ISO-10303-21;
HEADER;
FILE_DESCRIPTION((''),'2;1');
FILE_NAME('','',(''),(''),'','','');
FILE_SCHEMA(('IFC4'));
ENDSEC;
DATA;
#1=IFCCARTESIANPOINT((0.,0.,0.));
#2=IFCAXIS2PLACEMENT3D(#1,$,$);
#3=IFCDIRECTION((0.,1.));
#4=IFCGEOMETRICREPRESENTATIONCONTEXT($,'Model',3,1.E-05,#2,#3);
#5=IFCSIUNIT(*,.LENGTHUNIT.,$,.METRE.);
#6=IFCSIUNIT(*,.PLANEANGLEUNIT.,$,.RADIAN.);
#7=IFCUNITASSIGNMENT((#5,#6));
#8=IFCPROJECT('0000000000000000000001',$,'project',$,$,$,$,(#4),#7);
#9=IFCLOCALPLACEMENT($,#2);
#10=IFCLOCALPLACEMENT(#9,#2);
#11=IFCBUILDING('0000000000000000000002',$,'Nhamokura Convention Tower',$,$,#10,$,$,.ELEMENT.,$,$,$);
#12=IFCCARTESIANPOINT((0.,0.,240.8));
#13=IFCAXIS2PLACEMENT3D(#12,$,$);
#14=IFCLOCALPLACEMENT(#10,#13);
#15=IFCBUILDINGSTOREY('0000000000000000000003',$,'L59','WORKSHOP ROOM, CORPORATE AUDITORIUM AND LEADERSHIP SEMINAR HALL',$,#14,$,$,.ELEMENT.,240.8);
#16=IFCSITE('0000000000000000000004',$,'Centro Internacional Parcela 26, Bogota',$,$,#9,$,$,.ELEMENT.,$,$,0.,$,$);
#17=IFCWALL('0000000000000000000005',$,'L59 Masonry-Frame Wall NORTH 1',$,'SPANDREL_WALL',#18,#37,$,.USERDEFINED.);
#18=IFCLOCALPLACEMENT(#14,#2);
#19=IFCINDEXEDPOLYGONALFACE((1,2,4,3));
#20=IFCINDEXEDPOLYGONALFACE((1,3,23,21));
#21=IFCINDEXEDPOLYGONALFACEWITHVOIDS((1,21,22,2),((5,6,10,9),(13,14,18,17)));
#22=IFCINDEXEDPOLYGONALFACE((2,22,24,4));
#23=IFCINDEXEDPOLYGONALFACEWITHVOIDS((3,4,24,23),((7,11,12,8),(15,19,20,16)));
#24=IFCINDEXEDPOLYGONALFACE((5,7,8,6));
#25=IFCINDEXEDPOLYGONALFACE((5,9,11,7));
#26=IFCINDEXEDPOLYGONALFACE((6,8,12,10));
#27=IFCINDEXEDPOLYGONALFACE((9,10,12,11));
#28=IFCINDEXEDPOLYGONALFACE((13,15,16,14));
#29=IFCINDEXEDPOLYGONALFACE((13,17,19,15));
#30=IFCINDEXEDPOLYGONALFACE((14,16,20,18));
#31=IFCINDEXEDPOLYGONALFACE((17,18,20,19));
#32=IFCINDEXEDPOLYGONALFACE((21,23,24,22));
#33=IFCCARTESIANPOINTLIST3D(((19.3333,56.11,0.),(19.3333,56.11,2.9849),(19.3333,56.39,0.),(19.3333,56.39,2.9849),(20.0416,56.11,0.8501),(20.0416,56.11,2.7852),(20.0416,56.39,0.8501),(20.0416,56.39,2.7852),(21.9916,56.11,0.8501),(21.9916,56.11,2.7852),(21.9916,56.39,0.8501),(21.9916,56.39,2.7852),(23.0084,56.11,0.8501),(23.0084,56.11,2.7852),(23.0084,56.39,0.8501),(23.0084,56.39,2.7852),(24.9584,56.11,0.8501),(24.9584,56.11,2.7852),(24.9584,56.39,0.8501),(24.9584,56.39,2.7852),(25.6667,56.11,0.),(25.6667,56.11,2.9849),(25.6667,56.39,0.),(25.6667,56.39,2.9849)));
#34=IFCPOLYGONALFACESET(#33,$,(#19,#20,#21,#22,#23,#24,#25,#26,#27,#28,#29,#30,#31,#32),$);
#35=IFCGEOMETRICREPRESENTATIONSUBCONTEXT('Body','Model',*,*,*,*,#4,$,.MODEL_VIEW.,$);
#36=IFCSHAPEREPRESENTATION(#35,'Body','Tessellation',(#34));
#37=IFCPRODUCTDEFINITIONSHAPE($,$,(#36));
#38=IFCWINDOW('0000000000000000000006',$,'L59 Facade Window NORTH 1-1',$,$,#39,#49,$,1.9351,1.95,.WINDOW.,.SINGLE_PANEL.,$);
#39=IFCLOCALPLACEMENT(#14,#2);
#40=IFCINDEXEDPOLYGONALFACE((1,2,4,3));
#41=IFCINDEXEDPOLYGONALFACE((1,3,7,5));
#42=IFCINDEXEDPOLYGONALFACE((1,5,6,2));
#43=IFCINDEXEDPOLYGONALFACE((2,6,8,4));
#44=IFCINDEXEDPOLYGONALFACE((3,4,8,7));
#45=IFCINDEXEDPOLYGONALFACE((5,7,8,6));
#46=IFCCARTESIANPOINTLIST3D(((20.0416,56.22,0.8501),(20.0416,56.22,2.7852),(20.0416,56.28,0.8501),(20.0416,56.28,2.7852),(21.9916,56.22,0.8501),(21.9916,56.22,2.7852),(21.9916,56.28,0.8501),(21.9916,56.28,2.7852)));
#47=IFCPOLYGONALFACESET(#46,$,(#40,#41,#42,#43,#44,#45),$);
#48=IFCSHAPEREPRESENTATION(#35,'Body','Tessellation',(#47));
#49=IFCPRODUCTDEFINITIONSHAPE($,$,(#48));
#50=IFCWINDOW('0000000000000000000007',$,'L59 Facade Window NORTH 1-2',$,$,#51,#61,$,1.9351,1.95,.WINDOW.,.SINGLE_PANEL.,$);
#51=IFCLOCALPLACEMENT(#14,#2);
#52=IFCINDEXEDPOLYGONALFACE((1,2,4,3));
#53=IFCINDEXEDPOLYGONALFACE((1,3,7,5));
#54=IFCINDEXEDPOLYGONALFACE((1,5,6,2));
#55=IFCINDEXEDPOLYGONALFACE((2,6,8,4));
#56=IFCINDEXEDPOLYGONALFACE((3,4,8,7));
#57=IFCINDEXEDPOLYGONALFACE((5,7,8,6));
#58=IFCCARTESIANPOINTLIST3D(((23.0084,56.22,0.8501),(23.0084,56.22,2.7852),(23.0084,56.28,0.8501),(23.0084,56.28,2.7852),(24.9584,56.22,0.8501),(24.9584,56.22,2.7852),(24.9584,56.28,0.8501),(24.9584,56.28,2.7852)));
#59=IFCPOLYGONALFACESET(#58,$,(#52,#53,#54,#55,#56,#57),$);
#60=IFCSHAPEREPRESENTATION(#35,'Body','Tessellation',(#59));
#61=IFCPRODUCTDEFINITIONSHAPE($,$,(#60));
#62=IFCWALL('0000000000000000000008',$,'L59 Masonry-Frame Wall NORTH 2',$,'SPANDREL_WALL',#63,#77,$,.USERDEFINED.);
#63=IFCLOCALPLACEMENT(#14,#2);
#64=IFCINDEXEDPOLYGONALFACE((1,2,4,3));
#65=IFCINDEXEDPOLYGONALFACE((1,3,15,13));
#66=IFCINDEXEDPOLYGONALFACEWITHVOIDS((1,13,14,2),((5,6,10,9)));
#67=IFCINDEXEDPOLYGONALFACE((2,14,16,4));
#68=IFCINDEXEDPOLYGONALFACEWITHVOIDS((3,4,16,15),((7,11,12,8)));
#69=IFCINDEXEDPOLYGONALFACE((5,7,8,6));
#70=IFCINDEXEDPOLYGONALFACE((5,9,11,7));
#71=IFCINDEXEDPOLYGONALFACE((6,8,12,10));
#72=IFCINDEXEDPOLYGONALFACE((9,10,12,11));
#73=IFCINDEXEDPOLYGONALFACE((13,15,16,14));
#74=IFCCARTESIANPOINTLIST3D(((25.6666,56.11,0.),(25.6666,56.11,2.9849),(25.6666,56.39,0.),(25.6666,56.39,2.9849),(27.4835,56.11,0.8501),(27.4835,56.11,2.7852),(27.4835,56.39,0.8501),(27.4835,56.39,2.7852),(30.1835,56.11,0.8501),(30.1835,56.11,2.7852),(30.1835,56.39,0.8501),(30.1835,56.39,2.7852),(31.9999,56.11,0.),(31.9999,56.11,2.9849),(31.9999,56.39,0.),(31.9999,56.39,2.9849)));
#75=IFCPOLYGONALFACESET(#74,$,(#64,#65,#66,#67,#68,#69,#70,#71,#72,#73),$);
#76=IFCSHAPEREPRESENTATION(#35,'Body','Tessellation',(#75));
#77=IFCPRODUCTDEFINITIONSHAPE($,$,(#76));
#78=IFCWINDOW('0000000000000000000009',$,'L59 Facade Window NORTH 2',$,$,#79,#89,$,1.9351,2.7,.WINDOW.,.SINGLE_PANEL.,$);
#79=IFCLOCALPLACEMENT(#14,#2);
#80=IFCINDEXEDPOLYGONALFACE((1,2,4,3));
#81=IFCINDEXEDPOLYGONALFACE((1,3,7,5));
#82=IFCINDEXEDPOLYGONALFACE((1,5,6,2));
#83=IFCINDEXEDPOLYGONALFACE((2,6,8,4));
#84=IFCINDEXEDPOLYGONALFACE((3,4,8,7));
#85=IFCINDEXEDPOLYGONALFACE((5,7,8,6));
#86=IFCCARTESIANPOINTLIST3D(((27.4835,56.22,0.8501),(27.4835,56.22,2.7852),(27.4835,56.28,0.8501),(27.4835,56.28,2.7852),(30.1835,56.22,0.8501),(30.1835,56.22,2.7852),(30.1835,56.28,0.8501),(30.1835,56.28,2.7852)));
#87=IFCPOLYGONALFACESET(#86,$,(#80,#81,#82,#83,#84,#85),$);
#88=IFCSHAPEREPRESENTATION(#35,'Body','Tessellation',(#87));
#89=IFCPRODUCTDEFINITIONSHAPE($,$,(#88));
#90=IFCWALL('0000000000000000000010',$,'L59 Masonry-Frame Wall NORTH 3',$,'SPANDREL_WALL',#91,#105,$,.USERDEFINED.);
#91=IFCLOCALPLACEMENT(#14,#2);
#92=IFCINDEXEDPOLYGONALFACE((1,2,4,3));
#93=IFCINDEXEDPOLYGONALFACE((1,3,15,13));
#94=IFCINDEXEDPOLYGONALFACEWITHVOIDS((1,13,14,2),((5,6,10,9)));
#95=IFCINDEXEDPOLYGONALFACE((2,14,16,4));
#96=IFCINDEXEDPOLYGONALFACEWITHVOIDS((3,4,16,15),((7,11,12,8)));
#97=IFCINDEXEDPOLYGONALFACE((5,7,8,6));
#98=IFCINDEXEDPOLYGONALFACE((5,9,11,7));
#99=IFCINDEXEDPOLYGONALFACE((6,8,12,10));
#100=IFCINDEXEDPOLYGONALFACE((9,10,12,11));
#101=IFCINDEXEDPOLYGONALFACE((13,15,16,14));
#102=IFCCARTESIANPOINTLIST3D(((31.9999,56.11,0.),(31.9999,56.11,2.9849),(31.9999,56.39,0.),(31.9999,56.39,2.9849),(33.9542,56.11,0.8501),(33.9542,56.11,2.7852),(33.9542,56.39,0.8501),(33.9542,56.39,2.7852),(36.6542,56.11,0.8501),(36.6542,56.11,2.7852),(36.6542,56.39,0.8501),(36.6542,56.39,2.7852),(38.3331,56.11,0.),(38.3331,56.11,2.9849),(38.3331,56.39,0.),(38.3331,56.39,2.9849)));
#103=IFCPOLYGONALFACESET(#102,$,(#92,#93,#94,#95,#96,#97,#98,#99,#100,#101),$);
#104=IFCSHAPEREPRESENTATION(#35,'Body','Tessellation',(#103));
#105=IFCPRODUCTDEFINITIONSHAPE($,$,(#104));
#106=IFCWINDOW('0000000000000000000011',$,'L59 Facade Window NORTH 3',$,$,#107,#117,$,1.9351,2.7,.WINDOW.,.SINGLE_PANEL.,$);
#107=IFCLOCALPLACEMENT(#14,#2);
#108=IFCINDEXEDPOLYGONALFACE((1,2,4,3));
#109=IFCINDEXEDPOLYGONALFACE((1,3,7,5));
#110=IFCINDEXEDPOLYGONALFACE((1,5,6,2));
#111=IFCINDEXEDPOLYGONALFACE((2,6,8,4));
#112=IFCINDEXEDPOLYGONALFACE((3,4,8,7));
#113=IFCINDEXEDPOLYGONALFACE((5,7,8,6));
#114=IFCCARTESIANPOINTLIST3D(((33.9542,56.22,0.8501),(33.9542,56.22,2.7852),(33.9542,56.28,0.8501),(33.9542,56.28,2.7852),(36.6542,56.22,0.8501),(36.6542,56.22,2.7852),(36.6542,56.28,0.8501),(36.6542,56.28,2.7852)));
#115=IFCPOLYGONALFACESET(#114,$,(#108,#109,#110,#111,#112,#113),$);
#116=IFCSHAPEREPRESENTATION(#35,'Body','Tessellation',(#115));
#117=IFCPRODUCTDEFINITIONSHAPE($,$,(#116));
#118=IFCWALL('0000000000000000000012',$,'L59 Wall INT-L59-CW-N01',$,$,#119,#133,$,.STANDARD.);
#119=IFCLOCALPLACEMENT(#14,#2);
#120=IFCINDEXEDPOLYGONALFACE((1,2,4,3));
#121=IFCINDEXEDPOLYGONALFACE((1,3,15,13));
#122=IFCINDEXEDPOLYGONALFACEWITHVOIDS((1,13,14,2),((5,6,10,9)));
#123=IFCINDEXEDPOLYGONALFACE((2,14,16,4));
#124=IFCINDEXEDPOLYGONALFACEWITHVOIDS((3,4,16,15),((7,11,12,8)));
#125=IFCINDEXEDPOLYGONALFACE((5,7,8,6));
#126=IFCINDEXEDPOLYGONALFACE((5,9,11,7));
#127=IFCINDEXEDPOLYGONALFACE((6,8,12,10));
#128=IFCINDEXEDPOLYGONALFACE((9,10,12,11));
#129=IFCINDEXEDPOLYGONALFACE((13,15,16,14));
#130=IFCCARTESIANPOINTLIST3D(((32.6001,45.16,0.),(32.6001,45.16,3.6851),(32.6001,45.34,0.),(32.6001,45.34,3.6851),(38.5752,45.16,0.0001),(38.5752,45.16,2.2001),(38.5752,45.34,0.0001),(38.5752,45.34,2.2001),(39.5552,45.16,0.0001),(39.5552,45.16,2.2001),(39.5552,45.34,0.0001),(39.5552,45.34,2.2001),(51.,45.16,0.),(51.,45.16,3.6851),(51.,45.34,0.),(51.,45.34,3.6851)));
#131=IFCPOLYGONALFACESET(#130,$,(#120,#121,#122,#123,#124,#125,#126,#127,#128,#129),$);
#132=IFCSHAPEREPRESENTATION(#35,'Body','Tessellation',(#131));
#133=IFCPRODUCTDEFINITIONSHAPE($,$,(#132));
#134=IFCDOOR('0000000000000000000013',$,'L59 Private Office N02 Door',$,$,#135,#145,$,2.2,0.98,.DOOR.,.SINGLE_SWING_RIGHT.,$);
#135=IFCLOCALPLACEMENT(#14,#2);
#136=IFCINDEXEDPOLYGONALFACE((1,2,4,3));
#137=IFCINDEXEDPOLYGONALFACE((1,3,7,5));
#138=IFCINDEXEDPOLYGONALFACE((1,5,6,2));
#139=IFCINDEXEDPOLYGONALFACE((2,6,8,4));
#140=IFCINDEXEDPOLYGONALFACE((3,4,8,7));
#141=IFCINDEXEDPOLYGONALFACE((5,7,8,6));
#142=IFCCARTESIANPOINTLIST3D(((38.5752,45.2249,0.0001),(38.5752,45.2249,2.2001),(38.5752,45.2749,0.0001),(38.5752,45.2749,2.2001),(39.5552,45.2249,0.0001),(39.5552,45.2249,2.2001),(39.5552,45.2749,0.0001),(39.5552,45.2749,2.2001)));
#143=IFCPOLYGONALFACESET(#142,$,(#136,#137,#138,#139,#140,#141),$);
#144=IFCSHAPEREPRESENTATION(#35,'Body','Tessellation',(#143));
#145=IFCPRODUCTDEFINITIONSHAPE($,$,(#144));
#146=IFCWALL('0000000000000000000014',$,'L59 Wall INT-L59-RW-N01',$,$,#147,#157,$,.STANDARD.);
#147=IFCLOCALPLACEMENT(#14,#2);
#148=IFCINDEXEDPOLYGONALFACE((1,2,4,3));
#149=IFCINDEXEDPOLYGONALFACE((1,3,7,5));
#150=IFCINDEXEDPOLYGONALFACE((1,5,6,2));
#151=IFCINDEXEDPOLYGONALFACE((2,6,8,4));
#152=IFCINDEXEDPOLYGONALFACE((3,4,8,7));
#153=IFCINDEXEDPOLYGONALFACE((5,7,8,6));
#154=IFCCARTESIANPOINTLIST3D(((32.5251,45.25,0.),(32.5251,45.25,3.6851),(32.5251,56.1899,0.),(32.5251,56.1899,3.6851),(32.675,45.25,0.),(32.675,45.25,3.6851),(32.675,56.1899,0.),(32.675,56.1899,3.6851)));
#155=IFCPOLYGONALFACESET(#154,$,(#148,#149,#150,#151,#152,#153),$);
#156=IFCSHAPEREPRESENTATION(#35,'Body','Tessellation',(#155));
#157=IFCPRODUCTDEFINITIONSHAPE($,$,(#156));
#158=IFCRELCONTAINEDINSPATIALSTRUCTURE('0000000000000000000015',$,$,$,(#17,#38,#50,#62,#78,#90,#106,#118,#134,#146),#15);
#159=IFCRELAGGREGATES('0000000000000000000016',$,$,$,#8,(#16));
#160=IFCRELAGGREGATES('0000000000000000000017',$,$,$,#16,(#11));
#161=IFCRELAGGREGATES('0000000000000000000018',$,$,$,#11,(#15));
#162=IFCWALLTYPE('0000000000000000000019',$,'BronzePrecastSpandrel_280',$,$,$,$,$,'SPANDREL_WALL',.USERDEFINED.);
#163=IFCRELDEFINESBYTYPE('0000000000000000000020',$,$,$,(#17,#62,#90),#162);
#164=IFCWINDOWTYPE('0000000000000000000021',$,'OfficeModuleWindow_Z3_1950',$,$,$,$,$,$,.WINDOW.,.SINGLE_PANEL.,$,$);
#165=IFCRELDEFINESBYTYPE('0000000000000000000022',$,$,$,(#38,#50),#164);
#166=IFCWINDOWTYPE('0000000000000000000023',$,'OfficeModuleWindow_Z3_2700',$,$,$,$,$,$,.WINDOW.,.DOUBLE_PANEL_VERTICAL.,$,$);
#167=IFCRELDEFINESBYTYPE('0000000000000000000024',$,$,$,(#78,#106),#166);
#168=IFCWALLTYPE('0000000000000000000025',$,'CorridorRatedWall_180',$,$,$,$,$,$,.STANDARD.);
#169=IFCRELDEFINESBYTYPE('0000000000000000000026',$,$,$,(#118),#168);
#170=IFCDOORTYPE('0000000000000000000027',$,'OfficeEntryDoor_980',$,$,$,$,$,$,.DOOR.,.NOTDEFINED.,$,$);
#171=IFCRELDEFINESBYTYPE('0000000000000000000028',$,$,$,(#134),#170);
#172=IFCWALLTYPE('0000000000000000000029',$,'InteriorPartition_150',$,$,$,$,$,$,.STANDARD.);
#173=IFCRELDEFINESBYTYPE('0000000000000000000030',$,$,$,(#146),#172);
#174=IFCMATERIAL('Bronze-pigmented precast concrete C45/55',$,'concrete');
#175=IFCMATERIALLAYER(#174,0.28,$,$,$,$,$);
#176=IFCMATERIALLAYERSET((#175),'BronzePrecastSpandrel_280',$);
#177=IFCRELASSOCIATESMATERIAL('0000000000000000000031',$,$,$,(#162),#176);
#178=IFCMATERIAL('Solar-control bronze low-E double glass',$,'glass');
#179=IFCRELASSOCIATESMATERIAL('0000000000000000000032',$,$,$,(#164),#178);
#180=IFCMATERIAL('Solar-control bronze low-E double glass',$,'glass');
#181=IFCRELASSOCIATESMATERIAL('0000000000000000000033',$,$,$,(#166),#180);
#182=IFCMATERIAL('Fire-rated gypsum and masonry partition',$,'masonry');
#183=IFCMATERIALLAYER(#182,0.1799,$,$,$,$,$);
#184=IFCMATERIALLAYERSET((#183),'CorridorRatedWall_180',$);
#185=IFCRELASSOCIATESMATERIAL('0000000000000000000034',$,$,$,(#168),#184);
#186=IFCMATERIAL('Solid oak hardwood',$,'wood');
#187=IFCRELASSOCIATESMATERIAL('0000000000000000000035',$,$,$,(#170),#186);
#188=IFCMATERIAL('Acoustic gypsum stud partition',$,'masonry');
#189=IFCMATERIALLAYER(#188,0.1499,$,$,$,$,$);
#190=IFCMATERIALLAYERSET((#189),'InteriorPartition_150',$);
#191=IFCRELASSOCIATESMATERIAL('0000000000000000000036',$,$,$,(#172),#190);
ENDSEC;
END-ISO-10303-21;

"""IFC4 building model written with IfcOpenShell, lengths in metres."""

from ifc_helpers import new_model, si_unit, direction, frame, frame_2d, origin, place, context, subcontext, project, spatial, rectangle, extrude, material, layer, layer_set, type_object, element, fill, save


model = new_model("IFC4")

# Units and contexts
model_context = context("Model", 3, precision=1e-05, world=origin(), true_north=direction((0.0, 1.0)))
body_context = subcontext(model_context, "Body", "Model", "MODEL_VIEW")
ifc_project = project(units=[si_unit("LENGTHUNIT", "METRE"), si_unit("PLANEANGLEUNIT", "RADIAN")], contexts=[model_context])

# Site, building, storey
site_placement = place(None, origin())
site = spatial("IfcSite", under=ifc_project, at=site_placement, Name="Centro Internacional Parcela 26, Bogota", CompositionType="ELEMENT", RefElevation=0.0)
building_placement = place(site_placement, origin())
building = spatial("IfcBuilding", under=site, at=building_placement, Name="Nhamokura Convention Tower", CompositionType="ELEMENT")
storey_placement = place(building_placement, frame((0.0, 0.0, 240.8)))
storey = spatial("IfcBuildingStorey", under=building, at=storey_placement, Name="L59", Description="WORKSHOP ROOM, CORPORATE AUDITORIUM AND LEADERSHIP SEMINAR HALL", CompositionType="ELEMENT", Elevation=240.8)

# Wall, openings, windows
ifc_material_1 = material(Name="Bronze-pigmented precast concrete C45/55", Category="concrete")
ifc_layer_1 = layer(ifc_material_1, 0.28)
ifc_layer_set_1 = layer_set([ifc_layer_1], Name="BronzePrecastSpandrel_280")
wall_type_1 = type_object("IfcWallType", Name="BronzePrecastSpandrel_280", ElementType="SPANDREL_WALL", PredefinedType="USERDEFINED", material=ifc_layer_set_1)
wall_1_placement = place(storey_placement, frame((19.3333, 56.25, 0.0), z_axis=(0.0, 0.0, 1.0), x_axis=(1.0, 0.0, 0.0)))
wall_1 = element("IfcWall", 1, at=wall_1_placement, inside=storey, type_object=wall_type_1, Name="L59 Masonry-Frame Wall NORTH 1", ObjectType="SPANDREL_WALL", PredefinedType="USERDEFINED", context=body_context, shape_type="SweptSolid", body=[
    extrude(rectangle(XDim=6.3335, YDim=0.28, at=frame_2d((3.1667, 0.0))), origin(), (0.0, 0.0, 1.0), 2.9849),
])
opening_1_placement = place(wall_1_placement, frame((0.7083, 0.0, 0.8501)))
opening_1 = element("IfcOpeningElement", 2, at=opening_1_placement, cuts=wall_1, PredefinedType="OPENING", context=body_context, shape_type="SweptSolid", body=[
    extrude(rectangle(XDim=1.95, YDim=1.9351, at=frame_2d((0.9751, 0.9675))), frame((0.0, 0.1499, 0.0), z_axis=(0.0, -1.0, 0.0), x_axis=(1.0, 0.0, 0.0)), (0.0, 0.0, 1.0), 0.3),
])
opening_2_placement = place(wall_1_placement, frame((3.675, 0.0, 0.8501)))
opening_2 = element("IfcOpeningElement", 3, at=opening_2_placement, cuts=wall_1, PredefinedType="OPENING", context=body_context, shape_type="SweptSolid", body=[
    extrude(rectangle(XDim=1.95, YDim=1.9351, at=frame_2d((0.9751, 0.9675))), frame((0.0, 0.1499, 0.0), z_axis=(0.0, -1.0, 0.0), x_axis=(1.0, 0.0, 0.0)), (0.0, 0.0, 1.0), 0.3),
])
ifc_material_2 = material(Name="Solar-control bronze low-E double glass", Category="glass")
window_type_1 = type_object("IfcWindowType", Name="OfficeModuleWindow_Z3_1950", PartitioningType="SINGLE_PANEL", PredefinedType="WINDOW", material=ifc_material_2)
window_1_placement = place(opening_1_placement, origin())
window_1 = element("IfcWindow", 4, at=window_1_placement, inside=storey, type_object=window_type_1, Name="L59 Facade Window NORTH 1-1", OverallHeight=1.9351, OverallWidth=1.95, PartitioningType="SINGLE_PANEL", PredefinedType="WINDOW", context=body_context, shape_type="SweptSolid", body=[
    extrude(rectangle(XDim=1.95, YDim=1.9351, at=frame_2d((0.9751, 0.9675))), frame((0.0, 0.03, 0.0), z_axis=(0.0, -1.0, 0.0), x_axis=(1.0, 0.0, 0.0)), (0.0, 0.0, 1.0), 0.0601),
])
fill(opening_1, window_1)
window_2_placement = place(opening_2_placement, origin())
window_2 = element("IfcWindow", 5, at=window_2_placement, inside=storey, type_object=window_type_1, Name="L59 Facade Window NORTH 1-2", OverallHeight=1.9351, OverallWidth=1.95, PartitioningType="SINGLE_PANEL", PredefinedType="WINDOW", context=body_context, shape_type="SweptSolid", body=[
    extrude(rectangle(XDim=1.95, YDim=1.9351, at=frame_2d((0.9751, 0.9675))), frame((0.0, 0.03, 0.0), z_axis=(0.0, -1.0, 0.0), x_axis=(1.0, 0.0, 0.0)), (0.0, 0.0, 1.0), 0.0601),
])
fill(opening_2, window_2)

# Walls, openings, windows
wall_2_placement = place(storey_placement, frame((25.6667, 56.25, 0.0), z_axis=(0.0, 0.0, 1.0), x_axis=(1.0, 0.0, 0.0)))
wall_2 = element("IfcWall", 6, at=wall_2_placement, inside=storey, type_object=wall_type_1, Name="L59 Masonry-Frame Wall NORTH 2", ObjectType="SPANDREL_WALL", PredefinedType="USERDEFINED", context=body_context, shape_type="SweptSolid", body=[
    extrude(rectangle(XDim=6.3333, YDim=0.28, at=frame_2d((3.1665, 0.0))), origin(), (0.0, 0.0, 1.0), 2.9849),
])
opening_3_placement = place(wall_2_placement, frame((1.8167, 0.0, 0.8501)))
opening_3 = element("IfcOpeningElement", 7, at=opening_3_placement, cuts=wall_2, PredefinedType="OPENING", context=body_context, shape_type="SweptSolid", body=[
    extrude(rectangle(XDim=2.7, YDim=1.9351, at=frame_2d((1.3501, 0.9675))), frame((0.0, 0.1499, 0.0), z_axis=(0.0, -1.0, 0.0), x_axis=(1.0, 0.0, 0.0)), (0.0, 0.0, 1.0), 0.3),
])
ifc_material_3 = material(Name="Solar-control bronze low-E double glass", Category="glass")
window_type_2 = type_object("IfcWindowType", Name="OfficeModuleWindow_Z3_2700", PartitioningType="DOUBLE_PANEL_VERTICAL", PredefinedType="WINDOW", material=ifc_material_3)
window_3_placement = place(opening_3_placement, origin())
window_3 = element("IfcWindow", 8, at=window_3_placement, inside=storey, type_object=window_type_2, Name="L59 Facade Window NORTH 2", OverallHeight=1.9351, OverallWidth=2.7, PartitioningType="SINGLE_PANEL", PredefinedType="WINDOW", context=body_context, shape_type="SweptSolid", body=[
    extrude(rectangle(XDim=2.7, YDim=1.9351, at=frame_2d((1.3501, 0.9675))), frame((0.0, 0.03, 0.0), z_axis=(0.0, -1.0, 0.0), x_axis=(1.0, 0.0, 0.0)), (0.0, 0.0, 1.0), 0.0601),
])
fill(opening_3, window_3)
wall_3_placement = place(storey_placement, frame((32.0, 56.25, 0.0), z_axis=(0.0, 0.0, 1.0), x_axis=(1.0, 0.0, 0.0)))
wall_3 = element("IfcWall", 9, at=wall_3_placement, inside=storey, type_object=wall_type_1, Name="L59 Masonry-Frame Wall NORTH 3", ObjectType="SPANDREL_WALL", PredefinedType="USERDEFINED", context=body_context, shape_type="SweptSolid", body=[
    extrude(rectangle(XDim=6.3333, YDim=0.28, at=frame_2d((3.1665, 0.0))), origin(), (0.0, 0.0, 1.0), 2.9849),
])
opening_4_placement = place(wall_3_placement, frame((1.9541, 0.0, 0.8501)))
opening_4 = element("IfcOpeningElement", 10, at=opening_4_placement, cuts=wall_3, PredefinedType="OPENING", context=body_context, shape_type="SweptSolid", body=[
    extrude(rectangle(XDim=2.7, YDim=1.9351, at=frame_2d((1.3501, 0.9675))), frame((0.0, 0.1499, 0.0), z_axis=(0.0, -1.0, 0.0), x_axis=(1.0, 0.0, 0.0)), (0.0, 0.0, 1.0), 0.3),
])
window_4_placement = place(opening_4_placement, origin())
window_4 = element("IfcWindow", 11, at=window_4_placement, inside=storey, type_object=window_type_2, Name="L59 Facade Window NORTH 3", OverallHeight=1.9351, OverallWidth=2.7, PartitioningType="SINGLE_PANEL", PredefinedType="WINDOW", context=body_context, shape_type="SweptSolid", body=[
    extrude(rectangle(XDim=2.7, YDim=1.9351, at=frame_2d((1.3501, 0.9675))), frame((0.0, 0.03, 0.0), z_axis=(0.0, -1.0, 0.0), x_axis=(1.0, 0.0, 0.0)), (0.0, 0.0, 1.0), 0.0601),
])
fill(opening_4, window_4)

# Wall, opening, door
ifc_material_4 = material(Name="Fire-rated gypsum and masonry partition", Category="masonry")
ifc_layer_2 = layer(ifc_material_4, 0.1799)
ifc_layer_set_2 = layer_set([ifc_layer_2], Name="CorridorRatedWall_180")
wall_type_2 = type_object("IfcWallType", Name="CorridorRatedWall_180", PredefinedType="STANDARD", material=ifc_layer_set_2)
wall_4_placement = place(storey_placement, frame((32.6001, 45.25, 0.0), z_axis=(0.0, 0.0, 1.0), x_axis=(1.0, 0.0, 0.0)))
wall_4 = element("IfcWall", 12, at=wall_4_placement, inside=storey, type_object=wall_type_2, Name="L59 Wall INT-L59-CW-N01", PredefinedType="STANDARD", context=body_context, shape_type="SweptSolid", body=[
    extrude(rectangle(XDim=18.3999, YDim=0.1799, at=frame_2d((9.2, 0.0))), origin(), (0.0, 0.0, 1.0), 3.6851),
])
opening_5_placement = place(wall_4_placement, frame((5.9751, 0.0, 0.0)))
opening_5 = element("IfcOpeningElement", 13, at=opening_5_placement, cuts=wall_4, PredefinedType="OPENING", context=body_context, shape_type="SweptSolid", body=[
    extrude(rectangle(XDim=0.98, YDim=2.2, at=frame_2d((0.49, 1.1001))), frame((0.0, 0.0999, 0.0), z_axis=(0.0, -1.0, 0.0), x_axis=(1.0, 0.0, 0.0)), (0.0, 0.0, 1.0), 0.2),
])
ifc_material_5 = material(Name="Solid oak hardwood", Category="wood")
door_type = type_object("IfcDoorType", Name="OfficeEntryDoor_980", OperationType="NOTDEFINED", PredefinedType="DOOR", material=ifc_material_5)
door_placement = place(opening_5_placement, origin())
door = element("IfcDoor", 14, at=door_placement, inside=storey, type_object=door_type, Name="L59 Private Office N02 Door", OperationType="SINGLE_SWING_RIGHT", OverallHeight=2.2, OverallWidth=0.98, PredefinedType="DOOR", context=body_context, shape_type="SweptSolid", body=[
    extrude(rectangle(XDim=0.98, YDim=2.2, at=frame_2d((0.49, 1.1001))), frame((0.0, 0.0249, 0.0), z_axis=(0.0, -1.0, 0.0), x_axis=(1.0, 0.0, 0.0)), (0.0, 0.0, 1.0), 0.05),
])
fill(opening_5, door)

# Wall
ifc_material_6 = material(Name="Acoustic gypsum stud partition", Category="masonry")
ifc_layer_3 = layer(ifc_material_6, 0.1499)
ifc_layer_set_3 = layer_set([ifc_layer_3], Name="InteriorPartition_150")
wall_type_3 = type_object("IfcWallType", Name="InteriorPartition_150", PredefinedType="STANDARD", material=ifc_layer_set_3)
wall_5_placement = place(storey_placement, frame((32.6001, 45.25, 0.0), z_axis=(0.0, 0.0, 1.0), x_axis=(0.0, 1.0, 0.0)))
element("IfcWall", 15, at=wall_5_placement, inside=storey, type_object=wall_type_3, Name="L59 Wall INT-L59-RW-N01", PredefinedType="STANDARD", context=body_context, shape_type="SweptSolid", body=[
    extrude(rectangle(XDim=10.9399, YDim=0.1499, at=frame_2d((5.47, 0.0))), origin(), (0.0, 0.0, 1.0), 3.6851),
])

save(model, "model.ifc")
